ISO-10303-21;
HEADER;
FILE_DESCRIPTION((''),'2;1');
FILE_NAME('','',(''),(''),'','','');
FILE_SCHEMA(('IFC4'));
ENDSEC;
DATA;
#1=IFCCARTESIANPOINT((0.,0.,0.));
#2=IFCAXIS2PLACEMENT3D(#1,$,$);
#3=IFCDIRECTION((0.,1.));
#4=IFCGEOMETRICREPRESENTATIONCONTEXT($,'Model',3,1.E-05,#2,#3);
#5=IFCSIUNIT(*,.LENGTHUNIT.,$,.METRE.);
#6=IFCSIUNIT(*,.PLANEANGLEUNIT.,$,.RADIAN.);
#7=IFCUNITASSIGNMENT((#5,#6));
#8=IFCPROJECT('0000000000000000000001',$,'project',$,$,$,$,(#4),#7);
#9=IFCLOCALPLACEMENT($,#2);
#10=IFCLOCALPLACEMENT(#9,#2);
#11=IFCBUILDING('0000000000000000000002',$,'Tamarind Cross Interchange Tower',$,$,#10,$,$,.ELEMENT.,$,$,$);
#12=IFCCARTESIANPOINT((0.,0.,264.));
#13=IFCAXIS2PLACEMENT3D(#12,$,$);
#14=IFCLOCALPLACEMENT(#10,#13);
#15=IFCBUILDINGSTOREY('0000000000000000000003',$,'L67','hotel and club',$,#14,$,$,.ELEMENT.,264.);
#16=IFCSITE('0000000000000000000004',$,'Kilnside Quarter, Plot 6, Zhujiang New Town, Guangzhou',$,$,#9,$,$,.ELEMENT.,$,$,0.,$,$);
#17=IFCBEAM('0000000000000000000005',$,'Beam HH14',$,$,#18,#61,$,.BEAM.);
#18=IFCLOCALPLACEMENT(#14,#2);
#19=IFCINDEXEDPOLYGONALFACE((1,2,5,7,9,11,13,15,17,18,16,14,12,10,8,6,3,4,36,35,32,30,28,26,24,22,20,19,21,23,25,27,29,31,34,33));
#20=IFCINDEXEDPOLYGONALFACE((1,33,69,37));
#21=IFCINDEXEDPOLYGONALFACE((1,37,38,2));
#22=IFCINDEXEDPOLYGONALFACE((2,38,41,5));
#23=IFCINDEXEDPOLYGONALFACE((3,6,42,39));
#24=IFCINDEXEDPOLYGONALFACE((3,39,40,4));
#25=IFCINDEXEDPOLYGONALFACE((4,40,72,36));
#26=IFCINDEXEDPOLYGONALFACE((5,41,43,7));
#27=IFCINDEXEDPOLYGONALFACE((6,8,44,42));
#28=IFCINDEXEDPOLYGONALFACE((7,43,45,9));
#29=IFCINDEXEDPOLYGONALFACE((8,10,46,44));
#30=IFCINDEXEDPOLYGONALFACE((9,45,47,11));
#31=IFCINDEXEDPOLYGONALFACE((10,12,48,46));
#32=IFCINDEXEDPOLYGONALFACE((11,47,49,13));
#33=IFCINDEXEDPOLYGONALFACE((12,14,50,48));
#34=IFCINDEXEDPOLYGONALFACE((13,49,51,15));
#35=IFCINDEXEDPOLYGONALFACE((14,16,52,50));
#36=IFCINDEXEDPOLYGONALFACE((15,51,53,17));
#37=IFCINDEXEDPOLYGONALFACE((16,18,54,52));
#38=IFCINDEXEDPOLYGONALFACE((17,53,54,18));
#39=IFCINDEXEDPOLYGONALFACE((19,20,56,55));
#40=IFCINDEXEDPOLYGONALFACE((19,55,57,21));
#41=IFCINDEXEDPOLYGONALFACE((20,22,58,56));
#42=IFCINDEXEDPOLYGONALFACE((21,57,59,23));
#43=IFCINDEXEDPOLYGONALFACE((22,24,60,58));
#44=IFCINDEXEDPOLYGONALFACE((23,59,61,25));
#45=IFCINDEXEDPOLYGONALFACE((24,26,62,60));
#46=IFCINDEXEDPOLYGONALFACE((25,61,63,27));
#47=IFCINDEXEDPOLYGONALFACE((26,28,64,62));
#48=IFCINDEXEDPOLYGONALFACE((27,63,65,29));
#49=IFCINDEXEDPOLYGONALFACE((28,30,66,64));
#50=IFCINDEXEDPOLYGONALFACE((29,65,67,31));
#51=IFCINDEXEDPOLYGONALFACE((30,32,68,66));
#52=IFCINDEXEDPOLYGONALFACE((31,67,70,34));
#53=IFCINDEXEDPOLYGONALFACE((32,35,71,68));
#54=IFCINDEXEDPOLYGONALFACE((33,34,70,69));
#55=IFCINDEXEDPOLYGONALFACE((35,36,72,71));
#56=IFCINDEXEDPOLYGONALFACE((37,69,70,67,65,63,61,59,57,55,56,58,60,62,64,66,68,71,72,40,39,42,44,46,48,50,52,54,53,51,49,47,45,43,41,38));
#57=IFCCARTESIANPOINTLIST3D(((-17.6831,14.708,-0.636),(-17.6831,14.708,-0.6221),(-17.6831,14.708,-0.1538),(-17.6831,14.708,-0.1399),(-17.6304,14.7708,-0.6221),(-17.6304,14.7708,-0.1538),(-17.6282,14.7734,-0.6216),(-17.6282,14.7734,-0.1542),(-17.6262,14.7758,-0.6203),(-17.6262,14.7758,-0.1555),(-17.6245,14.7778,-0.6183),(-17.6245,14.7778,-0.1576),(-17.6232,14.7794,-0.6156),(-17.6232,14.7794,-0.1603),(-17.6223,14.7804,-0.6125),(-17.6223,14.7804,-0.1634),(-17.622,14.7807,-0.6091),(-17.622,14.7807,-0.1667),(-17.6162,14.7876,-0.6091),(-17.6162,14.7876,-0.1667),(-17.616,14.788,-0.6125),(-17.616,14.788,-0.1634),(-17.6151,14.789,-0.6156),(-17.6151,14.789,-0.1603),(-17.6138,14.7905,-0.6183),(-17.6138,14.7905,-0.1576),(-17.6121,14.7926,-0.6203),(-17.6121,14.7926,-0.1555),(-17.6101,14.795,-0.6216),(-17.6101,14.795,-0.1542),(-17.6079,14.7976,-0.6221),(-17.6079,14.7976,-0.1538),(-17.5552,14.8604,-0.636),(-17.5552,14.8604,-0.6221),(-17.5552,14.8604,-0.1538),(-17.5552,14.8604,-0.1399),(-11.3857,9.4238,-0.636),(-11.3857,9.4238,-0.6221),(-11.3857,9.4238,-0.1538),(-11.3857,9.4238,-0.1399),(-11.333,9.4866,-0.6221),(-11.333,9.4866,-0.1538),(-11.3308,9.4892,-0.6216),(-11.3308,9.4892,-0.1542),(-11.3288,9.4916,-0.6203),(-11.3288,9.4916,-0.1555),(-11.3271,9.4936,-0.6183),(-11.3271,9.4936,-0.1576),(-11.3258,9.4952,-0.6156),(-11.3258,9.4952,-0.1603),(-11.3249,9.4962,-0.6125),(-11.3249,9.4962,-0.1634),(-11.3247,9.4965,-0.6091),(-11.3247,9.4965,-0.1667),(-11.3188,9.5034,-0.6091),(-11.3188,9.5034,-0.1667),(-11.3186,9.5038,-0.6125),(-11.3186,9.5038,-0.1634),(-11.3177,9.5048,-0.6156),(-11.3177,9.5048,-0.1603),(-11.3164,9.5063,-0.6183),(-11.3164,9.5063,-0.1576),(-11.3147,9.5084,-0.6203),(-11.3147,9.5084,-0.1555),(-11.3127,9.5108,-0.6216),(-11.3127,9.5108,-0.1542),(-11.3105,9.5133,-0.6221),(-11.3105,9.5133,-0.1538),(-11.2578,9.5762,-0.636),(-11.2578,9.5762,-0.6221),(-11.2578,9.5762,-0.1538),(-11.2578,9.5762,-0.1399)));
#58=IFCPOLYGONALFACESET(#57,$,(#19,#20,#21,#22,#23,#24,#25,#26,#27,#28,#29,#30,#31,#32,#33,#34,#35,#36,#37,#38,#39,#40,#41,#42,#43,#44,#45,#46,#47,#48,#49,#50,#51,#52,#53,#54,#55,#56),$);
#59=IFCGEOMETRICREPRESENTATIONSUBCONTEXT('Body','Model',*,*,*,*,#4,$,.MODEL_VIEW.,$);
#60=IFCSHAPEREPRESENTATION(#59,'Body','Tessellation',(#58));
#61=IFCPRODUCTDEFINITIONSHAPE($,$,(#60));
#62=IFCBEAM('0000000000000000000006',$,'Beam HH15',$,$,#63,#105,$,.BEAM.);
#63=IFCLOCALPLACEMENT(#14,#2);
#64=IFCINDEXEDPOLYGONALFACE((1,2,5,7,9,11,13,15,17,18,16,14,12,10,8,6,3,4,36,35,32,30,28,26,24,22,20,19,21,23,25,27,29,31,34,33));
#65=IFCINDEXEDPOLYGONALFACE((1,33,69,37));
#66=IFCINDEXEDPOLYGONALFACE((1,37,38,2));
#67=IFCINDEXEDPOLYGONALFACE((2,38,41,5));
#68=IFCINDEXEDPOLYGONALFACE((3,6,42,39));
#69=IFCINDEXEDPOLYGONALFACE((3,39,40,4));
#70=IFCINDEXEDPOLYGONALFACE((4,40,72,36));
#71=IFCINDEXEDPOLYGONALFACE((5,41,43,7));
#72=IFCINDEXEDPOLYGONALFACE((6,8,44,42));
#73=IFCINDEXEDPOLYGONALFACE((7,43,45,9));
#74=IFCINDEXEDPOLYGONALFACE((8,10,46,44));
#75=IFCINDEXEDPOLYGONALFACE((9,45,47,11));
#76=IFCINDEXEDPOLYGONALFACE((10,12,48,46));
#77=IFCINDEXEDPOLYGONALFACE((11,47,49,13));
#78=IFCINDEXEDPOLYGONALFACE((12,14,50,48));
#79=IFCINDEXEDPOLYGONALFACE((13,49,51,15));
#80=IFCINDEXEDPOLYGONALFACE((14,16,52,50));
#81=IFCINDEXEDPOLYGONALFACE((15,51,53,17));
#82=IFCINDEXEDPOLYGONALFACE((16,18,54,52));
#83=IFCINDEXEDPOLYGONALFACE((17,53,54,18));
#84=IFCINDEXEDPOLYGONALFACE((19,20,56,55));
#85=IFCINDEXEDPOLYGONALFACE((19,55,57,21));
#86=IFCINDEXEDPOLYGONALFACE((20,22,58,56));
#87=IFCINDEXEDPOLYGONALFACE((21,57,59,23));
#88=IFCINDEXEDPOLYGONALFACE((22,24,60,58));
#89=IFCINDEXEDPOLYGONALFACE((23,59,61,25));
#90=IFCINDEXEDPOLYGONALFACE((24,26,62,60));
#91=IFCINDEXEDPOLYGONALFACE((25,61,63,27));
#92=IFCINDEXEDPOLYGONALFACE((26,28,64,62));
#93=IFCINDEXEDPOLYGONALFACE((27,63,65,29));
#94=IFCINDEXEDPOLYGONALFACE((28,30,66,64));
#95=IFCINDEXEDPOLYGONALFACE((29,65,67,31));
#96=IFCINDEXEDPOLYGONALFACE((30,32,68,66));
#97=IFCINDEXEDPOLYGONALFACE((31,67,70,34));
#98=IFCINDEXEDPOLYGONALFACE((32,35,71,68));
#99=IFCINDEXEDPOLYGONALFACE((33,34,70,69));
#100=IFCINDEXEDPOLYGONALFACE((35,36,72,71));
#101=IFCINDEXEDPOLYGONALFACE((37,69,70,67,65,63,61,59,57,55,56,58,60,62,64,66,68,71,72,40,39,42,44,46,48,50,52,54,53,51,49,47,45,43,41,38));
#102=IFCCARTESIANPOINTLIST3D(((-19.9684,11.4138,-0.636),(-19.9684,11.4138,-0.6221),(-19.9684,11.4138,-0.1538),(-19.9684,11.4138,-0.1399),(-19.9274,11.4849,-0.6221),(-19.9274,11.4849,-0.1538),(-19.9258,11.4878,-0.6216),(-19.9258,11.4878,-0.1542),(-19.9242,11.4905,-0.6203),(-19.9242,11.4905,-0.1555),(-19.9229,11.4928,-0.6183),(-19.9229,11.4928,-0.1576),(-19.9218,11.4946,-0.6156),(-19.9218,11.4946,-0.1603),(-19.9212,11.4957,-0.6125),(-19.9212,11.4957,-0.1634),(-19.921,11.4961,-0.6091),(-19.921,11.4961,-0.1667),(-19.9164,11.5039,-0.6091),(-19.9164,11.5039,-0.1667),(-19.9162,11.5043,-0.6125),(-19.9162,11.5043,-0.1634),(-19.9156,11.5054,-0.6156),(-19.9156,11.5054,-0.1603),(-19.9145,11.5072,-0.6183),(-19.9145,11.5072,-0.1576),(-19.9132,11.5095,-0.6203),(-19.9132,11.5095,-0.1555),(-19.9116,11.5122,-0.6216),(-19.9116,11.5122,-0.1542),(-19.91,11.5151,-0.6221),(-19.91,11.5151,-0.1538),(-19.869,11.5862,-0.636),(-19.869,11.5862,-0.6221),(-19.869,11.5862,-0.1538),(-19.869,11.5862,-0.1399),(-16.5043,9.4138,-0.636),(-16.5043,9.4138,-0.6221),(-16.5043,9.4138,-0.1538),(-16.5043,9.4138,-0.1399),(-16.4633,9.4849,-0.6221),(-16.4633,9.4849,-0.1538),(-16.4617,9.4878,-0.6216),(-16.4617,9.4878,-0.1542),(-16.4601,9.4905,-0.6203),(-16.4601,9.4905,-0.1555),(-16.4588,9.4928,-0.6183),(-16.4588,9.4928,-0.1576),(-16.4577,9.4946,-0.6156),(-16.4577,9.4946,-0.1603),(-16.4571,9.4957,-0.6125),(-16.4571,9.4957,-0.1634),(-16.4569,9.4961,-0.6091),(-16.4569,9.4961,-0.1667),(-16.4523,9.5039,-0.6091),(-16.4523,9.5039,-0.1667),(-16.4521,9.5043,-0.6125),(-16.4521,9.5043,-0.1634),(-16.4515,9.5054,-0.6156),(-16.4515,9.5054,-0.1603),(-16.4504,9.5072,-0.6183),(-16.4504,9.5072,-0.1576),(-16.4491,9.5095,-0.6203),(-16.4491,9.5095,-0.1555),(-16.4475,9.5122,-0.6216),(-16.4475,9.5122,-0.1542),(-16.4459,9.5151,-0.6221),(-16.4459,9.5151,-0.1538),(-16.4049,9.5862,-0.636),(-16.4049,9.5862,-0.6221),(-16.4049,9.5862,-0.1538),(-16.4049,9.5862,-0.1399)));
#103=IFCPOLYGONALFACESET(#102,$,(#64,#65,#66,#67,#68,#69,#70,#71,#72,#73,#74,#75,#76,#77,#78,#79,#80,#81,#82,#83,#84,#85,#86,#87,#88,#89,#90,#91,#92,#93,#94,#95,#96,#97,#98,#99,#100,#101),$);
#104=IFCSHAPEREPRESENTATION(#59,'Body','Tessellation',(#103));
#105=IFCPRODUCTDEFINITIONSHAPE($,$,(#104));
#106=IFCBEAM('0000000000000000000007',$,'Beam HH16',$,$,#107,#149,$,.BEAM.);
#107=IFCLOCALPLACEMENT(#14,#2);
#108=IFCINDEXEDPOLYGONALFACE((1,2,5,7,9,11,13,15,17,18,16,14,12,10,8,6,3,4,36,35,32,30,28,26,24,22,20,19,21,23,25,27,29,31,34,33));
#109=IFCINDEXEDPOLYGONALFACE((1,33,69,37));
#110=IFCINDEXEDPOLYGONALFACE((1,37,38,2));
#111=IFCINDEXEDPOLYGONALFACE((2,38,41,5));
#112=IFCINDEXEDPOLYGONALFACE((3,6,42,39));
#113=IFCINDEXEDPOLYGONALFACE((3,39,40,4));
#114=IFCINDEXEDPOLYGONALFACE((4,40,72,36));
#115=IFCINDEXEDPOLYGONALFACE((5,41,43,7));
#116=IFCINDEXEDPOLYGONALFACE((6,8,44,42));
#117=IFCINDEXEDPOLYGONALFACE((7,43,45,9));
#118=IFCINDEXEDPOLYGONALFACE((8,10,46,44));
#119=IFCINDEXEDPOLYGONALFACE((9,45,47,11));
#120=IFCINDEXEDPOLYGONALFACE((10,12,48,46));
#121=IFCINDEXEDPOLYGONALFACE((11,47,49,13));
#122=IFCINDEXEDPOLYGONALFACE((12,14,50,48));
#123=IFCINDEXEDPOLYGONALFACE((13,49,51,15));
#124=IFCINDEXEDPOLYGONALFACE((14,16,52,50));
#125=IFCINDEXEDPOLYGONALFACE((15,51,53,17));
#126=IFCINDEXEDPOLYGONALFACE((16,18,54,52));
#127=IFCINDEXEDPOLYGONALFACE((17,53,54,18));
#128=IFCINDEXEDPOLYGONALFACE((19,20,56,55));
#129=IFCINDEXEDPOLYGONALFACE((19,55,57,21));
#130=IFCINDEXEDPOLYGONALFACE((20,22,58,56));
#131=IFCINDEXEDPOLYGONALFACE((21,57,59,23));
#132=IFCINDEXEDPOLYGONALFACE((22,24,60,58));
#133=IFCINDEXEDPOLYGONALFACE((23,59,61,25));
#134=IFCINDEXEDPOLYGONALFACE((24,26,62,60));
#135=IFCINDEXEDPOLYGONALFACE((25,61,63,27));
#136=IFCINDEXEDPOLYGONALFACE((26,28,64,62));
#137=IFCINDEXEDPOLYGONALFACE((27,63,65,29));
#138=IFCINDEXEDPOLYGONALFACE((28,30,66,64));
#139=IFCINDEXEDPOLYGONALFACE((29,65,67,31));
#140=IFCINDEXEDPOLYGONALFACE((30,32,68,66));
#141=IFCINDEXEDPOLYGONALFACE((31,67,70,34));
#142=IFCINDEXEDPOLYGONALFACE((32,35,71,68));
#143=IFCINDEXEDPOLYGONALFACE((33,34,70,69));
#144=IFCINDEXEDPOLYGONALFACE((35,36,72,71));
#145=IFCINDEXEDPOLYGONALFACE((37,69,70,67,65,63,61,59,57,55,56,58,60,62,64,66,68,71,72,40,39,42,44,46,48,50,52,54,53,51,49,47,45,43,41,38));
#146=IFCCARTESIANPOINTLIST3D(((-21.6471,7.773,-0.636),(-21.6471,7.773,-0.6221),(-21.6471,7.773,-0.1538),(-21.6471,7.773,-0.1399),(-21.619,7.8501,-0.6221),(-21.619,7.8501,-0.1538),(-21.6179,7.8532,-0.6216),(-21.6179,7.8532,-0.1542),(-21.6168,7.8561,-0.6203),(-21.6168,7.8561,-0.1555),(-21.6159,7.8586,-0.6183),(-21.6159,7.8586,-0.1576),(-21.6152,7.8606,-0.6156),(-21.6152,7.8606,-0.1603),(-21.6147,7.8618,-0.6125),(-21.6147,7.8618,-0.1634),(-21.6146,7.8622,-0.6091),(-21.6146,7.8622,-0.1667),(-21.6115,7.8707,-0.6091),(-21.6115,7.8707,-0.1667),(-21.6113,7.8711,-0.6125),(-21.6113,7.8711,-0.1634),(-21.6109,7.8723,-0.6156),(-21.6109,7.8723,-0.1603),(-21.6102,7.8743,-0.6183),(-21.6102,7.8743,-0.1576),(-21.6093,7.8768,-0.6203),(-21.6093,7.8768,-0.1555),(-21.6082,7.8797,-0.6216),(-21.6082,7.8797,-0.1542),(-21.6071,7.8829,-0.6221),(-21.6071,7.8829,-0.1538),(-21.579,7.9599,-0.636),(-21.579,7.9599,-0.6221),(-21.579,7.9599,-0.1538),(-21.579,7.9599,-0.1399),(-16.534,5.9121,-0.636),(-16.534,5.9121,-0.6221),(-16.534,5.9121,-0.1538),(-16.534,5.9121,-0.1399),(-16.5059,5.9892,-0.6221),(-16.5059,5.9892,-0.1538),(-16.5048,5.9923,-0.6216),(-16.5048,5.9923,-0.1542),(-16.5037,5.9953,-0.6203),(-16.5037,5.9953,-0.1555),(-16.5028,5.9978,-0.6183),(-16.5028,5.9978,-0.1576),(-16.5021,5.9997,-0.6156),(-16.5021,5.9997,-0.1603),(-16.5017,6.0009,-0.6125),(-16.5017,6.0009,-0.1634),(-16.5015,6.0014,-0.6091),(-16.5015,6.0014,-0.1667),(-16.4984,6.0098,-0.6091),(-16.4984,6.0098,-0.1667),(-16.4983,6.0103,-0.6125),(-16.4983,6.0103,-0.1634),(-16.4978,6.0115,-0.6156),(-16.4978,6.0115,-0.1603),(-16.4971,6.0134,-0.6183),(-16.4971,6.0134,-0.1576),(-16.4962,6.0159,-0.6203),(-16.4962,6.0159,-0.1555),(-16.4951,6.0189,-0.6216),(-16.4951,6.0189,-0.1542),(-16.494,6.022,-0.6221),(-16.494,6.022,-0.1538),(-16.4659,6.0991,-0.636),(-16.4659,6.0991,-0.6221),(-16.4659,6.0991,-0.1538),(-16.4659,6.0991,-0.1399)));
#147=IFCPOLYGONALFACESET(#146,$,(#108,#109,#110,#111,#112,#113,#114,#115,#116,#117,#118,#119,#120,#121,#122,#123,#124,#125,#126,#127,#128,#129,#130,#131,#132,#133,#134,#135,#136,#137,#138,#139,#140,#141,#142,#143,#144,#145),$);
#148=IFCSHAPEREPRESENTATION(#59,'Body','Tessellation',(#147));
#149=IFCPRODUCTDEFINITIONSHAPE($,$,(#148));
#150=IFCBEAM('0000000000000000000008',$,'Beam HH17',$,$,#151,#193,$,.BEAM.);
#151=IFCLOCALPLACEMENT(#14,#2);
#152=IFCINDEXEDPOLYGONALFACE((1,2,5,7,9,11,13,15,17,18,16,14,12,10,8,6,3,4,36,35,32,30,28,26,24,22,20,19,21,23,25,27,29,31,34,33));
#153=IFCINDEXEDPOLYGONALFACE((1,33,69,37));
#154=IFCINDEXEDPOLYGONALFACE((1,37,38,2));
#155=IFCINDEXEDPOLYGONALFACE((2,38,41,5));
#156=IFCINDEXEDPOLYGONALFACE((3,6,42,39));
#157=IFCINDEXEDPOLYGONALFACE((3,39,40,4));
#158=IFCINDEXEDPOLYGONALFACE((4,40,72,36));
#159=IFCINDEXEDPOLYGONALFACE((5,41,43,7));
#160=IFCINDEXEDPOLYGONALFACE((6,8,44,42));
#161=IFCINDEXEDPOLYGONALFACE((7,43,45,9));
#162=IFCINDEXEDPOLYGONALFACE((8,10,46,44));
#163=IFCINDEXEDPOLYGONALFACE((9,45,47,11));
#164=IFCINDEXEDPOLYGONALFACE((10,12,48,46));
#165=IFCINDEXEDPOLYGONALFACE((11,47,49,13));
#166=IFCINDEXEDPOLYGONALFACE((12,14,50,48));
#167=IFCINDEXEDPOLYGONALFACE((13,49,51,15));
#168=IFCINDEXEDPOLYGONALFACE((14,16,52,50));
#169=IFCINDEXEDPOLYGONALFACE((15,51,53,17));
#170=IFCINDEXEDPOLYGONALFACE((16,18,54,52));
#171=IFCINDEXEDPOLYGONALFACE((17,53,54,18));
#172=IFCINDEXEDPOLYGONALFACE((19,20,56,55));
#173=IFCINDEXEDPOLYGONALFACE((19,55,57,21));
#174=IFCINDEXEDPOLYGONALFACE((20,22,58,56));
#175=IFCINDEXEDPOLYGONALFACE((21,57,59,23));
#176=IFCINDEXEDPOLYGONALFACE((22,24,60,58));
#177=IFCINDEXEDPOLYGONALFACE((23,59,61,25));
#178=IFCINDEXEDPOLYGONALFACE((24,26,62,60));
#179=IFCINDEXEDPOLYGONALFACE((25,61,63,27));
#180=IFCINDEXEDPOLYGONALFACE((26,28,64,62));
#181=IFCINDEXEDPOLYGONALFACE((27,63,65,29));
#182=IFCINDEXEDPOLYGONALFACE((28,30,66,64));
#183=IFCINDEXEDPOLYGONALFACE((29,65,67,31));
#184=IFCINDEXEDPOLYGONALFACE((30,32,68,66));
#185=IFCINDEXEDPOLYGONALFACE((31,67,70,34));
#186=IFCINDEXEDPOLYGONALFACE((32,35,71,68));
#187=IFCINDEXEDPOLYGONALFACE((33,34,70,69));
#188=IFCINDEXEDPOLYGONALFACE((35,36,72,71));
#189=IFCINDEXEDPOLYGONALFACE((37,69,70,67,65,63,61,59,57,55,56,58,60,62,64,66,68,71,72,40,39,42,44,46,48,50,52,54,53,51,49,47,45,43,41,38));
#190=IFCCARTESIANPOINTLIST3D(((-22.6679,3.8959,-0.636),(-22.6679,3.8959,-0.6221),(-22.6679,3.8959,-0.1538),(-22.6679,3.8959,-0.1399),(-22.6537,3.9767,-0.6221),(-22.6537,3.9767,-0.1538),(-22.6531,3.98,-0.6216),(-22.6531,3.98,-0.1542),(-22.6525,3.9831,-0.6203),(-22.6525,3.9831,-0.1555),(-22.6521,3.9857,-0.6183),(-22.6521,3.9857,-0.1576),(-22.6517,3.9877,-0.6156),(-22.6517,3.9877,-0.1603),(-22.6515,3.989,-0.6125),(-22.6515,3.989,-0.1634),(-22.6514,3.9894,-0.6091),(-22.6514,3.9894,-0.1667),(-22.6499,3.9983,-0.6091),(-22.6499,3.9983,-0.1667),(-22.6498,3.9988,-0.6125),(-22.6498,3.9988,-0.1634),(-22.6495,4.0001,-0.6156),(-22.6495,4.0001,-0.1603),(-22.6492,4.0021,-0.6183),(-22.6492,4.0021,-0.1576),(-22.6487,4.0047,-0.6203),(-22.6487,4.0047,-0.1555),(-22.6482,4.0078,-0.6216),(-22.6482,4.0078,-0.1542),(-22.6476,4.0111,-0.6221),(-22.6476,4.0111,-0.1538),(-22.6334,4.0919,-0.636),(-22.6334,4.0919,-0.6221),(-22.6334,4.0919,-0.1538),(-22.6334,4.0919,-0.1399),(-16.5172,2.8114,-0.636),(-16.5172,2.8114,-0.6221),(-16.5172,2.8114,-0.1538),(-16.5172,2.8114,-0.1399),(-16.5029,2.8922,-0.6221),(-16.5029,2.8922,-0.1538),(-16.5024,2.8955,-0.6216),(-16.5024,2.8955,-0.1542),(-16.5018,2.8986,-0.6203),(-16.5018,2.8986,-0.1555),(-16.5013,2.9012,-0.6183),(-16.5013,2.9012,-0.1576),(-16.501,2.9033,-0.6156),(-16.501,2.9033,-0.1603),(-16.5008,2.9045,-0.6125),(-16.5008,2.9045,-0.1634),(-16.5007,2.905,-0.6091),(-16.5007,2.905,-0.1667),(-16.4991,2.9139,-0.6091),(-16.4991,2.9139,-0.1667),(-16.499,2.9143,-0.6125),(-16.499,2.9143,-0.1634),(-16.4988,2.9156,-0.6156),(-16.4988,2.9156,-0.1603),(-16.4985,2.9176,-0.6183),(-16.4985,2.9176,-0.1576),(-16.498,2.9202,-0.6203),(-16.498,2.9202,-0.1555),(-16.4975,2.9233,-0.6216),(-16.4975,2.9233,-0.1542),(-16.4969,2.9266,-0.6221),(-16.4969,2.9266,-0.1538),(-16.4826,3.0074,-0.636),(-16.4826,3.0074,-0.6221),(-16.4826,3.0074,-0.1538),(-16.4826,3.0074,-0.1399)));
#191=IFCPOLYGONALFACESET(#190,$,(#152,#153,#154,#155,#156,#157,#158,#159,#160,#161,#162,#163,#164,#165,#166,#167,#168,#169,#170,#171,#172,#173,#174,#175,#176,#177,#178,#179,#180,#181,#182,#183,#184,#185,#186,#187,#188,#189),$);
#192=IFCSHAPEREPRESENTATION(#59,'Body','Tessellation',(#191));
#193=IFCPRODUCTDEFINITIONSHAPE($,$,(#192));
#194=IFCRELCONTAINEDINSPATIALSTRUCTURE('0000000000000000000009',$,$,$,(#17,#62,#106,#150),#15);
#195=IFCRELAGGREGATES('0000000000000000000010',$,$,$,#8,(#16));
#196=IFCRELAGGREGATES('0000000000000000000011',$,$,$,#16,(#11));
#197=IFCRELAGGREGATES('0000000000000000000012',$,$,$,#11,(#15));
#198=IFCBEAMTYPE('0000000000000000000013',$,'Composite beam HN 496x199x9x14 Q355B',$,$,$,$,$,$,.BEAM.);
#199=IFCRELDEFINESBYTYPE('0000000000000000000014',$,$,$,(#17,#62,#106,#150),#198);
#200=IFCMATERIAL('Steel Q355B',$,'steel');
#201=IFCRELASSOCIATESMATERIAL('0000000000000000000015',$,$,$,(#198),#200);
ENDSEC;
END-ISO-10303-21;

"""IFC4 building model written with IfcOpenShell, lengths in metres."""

from ifc_helpers import new_model, si_unit, direction, frame, origin, origin_2d, place, context, subcontext, project, spatial, i_section, extrude, material, material_profile, profile_set, type_object, element, save


model = new_model("IFC4")

# Units and contexts
model_context = context("Model", 3, precision=1e-05, world=origin(), true_north=direction((0.0, 1.0)))
body_context = subcontext(model_context, "Body", "Model", "MODEL_VIEW")
ifc_project = project(units=[si_unit("LENGTHUNIT", "METRE"), si_unit("PLANEANGLEUNIT", "RADIAN")], contexts=[model_context])

# Site, building, storey
site_placement = place(None, origin())
site = spatial("IfcSite", under=ifc_project, at=site_placement, Name="Kilnside Quarter, Plot 6, Zhujiang New Town, Guangzhou", CompositionType="ELEMENT", RefElevation=0.0)
building_placement = place(site_placement, origin())
building = spatial("IfcBuilding", under=site, at=building_placement, Name="Tamarind Cross Interchange Tower", CompositionType="ELEMENT")
storey_placement = place(building_placement, frame((0.0, 0.0, 264.0)))
storey = spatial("IfcBuildingStorey", under=building, at=storey_placement, Name="L67", Description="hotel and club", CompositionType="ELEMENT", Elevation=264.0)

# Beams
ifc_material_1 = material(Name="Steel Q355B", Category="steel")
ifc_material_profile_1 = material_profile(ifc_material_1, i_section(OverallWidth=0.199, OverallDepth=0.4961, WebThickness=0.009, FlangeThickness=0.0139, FilletRadius=0.0129, at=origin_2d()), Name="HN 496x199x9x14")
ifc_profile_set_1 = profile_set([ifc_material_profile_1], Name="Steel Q355B")
beam_type = type_object("IfcBeamType", Name="Composite beam HN 496x199x9x14 Q355B", PredefinedType="BEAM", material=ifc_profile_set_1)
beam_1_placement = place(storey_placement, frame((-17.6191, 14.7842, -0.3879), z_axis=(0.766041, -0.642792, 0.0), x_axis=(0.642792, 0.766041, 0.0)))
element("IfcBeam", 1, at=beam_1_placement, inside=storey, type_object=beam_type, Name="Beam HH14", PredefinedType="BEAM", context=body_context, shape_type="SweptSolid", body=[
    extrude(i_section(OverallWidth=0.199, OverallDepth=0.4961, WebThickness=0.009, FlangeThickness=0.0139, FilletRadius=0.0129, at=origin_2d()), origin(), (0.0, 0.0, 1.0), 8.2207),
])
beam_2_placement = place(storey_placement, frame((-19.9187, 11.5, -0.3879), z_axis=(0.866026, -0.499999, 0.0), x_axis=(0.499999, 0.866026, 0.0)))
element("IfcBeam", 2, at=beam_2_placement, inside=storey, type_object=beam_type, Name="Beam HH15", PredefinedType="BEAM", context=body_context, shape_type="SweptSolid", body=[
    extrude(i_section(OverallWidth=0.199, OverallDepth=0.4961, WebThickness=0.009, FlangeThickness=0.0139, FilletRadius=0.0129, at=origin_2d()), origin(), (0.0, 0.0, 1.0), 4.0),
])
beam_3_placement = place(storey_placement, frame((-21.613, 7.8665, -0.3879), z_axis=(0.939702, -0.341995, 0.0), x_axis=(0.341995, 0.939702, 0.0)))
element("IfcBeam", 3, at=beam_3_placement, inside=storey, type_object=beam_type, Name="Beam HH16", PredefinedType="BEAM", context=body_context, shape_type="SweptSolid", body=[
    extrude(i_section(OverallWidth=0.199, OverallDepth=0.4961, WebThickness=0.009, FlangeThickness=0.0139, FilletRadius=0.0129, at=origin_2d()), origin(), (0.0, 0.0, 1.0), 5.4412),
])
beam_4_placement = place(storey_placement, frame((-22.6506, 3.9939, -0.3879), z_axis=(0.984809, -0.17364, 0.0), x_axis=(0.17364, 0.984809, 0.0)))
element("IfcBeam", 4, at=beam_4_placement, inside=storey, type_object=beam_type, Name="Beam HH17", PredefinedType="BEAM", context=body_context, shape_type="SweptSolid", body=[
    extrude(i_section(OverallWidth=0.199, OverallDepth=0.4961, WebThickness=0.009, FlangeThickness=0.0139, FilletRadius=0.0129, at=origin_2d()), origin(), (0.0, 0.0, 1.0), 6.2456),
])

save(model, "model.ifc")
